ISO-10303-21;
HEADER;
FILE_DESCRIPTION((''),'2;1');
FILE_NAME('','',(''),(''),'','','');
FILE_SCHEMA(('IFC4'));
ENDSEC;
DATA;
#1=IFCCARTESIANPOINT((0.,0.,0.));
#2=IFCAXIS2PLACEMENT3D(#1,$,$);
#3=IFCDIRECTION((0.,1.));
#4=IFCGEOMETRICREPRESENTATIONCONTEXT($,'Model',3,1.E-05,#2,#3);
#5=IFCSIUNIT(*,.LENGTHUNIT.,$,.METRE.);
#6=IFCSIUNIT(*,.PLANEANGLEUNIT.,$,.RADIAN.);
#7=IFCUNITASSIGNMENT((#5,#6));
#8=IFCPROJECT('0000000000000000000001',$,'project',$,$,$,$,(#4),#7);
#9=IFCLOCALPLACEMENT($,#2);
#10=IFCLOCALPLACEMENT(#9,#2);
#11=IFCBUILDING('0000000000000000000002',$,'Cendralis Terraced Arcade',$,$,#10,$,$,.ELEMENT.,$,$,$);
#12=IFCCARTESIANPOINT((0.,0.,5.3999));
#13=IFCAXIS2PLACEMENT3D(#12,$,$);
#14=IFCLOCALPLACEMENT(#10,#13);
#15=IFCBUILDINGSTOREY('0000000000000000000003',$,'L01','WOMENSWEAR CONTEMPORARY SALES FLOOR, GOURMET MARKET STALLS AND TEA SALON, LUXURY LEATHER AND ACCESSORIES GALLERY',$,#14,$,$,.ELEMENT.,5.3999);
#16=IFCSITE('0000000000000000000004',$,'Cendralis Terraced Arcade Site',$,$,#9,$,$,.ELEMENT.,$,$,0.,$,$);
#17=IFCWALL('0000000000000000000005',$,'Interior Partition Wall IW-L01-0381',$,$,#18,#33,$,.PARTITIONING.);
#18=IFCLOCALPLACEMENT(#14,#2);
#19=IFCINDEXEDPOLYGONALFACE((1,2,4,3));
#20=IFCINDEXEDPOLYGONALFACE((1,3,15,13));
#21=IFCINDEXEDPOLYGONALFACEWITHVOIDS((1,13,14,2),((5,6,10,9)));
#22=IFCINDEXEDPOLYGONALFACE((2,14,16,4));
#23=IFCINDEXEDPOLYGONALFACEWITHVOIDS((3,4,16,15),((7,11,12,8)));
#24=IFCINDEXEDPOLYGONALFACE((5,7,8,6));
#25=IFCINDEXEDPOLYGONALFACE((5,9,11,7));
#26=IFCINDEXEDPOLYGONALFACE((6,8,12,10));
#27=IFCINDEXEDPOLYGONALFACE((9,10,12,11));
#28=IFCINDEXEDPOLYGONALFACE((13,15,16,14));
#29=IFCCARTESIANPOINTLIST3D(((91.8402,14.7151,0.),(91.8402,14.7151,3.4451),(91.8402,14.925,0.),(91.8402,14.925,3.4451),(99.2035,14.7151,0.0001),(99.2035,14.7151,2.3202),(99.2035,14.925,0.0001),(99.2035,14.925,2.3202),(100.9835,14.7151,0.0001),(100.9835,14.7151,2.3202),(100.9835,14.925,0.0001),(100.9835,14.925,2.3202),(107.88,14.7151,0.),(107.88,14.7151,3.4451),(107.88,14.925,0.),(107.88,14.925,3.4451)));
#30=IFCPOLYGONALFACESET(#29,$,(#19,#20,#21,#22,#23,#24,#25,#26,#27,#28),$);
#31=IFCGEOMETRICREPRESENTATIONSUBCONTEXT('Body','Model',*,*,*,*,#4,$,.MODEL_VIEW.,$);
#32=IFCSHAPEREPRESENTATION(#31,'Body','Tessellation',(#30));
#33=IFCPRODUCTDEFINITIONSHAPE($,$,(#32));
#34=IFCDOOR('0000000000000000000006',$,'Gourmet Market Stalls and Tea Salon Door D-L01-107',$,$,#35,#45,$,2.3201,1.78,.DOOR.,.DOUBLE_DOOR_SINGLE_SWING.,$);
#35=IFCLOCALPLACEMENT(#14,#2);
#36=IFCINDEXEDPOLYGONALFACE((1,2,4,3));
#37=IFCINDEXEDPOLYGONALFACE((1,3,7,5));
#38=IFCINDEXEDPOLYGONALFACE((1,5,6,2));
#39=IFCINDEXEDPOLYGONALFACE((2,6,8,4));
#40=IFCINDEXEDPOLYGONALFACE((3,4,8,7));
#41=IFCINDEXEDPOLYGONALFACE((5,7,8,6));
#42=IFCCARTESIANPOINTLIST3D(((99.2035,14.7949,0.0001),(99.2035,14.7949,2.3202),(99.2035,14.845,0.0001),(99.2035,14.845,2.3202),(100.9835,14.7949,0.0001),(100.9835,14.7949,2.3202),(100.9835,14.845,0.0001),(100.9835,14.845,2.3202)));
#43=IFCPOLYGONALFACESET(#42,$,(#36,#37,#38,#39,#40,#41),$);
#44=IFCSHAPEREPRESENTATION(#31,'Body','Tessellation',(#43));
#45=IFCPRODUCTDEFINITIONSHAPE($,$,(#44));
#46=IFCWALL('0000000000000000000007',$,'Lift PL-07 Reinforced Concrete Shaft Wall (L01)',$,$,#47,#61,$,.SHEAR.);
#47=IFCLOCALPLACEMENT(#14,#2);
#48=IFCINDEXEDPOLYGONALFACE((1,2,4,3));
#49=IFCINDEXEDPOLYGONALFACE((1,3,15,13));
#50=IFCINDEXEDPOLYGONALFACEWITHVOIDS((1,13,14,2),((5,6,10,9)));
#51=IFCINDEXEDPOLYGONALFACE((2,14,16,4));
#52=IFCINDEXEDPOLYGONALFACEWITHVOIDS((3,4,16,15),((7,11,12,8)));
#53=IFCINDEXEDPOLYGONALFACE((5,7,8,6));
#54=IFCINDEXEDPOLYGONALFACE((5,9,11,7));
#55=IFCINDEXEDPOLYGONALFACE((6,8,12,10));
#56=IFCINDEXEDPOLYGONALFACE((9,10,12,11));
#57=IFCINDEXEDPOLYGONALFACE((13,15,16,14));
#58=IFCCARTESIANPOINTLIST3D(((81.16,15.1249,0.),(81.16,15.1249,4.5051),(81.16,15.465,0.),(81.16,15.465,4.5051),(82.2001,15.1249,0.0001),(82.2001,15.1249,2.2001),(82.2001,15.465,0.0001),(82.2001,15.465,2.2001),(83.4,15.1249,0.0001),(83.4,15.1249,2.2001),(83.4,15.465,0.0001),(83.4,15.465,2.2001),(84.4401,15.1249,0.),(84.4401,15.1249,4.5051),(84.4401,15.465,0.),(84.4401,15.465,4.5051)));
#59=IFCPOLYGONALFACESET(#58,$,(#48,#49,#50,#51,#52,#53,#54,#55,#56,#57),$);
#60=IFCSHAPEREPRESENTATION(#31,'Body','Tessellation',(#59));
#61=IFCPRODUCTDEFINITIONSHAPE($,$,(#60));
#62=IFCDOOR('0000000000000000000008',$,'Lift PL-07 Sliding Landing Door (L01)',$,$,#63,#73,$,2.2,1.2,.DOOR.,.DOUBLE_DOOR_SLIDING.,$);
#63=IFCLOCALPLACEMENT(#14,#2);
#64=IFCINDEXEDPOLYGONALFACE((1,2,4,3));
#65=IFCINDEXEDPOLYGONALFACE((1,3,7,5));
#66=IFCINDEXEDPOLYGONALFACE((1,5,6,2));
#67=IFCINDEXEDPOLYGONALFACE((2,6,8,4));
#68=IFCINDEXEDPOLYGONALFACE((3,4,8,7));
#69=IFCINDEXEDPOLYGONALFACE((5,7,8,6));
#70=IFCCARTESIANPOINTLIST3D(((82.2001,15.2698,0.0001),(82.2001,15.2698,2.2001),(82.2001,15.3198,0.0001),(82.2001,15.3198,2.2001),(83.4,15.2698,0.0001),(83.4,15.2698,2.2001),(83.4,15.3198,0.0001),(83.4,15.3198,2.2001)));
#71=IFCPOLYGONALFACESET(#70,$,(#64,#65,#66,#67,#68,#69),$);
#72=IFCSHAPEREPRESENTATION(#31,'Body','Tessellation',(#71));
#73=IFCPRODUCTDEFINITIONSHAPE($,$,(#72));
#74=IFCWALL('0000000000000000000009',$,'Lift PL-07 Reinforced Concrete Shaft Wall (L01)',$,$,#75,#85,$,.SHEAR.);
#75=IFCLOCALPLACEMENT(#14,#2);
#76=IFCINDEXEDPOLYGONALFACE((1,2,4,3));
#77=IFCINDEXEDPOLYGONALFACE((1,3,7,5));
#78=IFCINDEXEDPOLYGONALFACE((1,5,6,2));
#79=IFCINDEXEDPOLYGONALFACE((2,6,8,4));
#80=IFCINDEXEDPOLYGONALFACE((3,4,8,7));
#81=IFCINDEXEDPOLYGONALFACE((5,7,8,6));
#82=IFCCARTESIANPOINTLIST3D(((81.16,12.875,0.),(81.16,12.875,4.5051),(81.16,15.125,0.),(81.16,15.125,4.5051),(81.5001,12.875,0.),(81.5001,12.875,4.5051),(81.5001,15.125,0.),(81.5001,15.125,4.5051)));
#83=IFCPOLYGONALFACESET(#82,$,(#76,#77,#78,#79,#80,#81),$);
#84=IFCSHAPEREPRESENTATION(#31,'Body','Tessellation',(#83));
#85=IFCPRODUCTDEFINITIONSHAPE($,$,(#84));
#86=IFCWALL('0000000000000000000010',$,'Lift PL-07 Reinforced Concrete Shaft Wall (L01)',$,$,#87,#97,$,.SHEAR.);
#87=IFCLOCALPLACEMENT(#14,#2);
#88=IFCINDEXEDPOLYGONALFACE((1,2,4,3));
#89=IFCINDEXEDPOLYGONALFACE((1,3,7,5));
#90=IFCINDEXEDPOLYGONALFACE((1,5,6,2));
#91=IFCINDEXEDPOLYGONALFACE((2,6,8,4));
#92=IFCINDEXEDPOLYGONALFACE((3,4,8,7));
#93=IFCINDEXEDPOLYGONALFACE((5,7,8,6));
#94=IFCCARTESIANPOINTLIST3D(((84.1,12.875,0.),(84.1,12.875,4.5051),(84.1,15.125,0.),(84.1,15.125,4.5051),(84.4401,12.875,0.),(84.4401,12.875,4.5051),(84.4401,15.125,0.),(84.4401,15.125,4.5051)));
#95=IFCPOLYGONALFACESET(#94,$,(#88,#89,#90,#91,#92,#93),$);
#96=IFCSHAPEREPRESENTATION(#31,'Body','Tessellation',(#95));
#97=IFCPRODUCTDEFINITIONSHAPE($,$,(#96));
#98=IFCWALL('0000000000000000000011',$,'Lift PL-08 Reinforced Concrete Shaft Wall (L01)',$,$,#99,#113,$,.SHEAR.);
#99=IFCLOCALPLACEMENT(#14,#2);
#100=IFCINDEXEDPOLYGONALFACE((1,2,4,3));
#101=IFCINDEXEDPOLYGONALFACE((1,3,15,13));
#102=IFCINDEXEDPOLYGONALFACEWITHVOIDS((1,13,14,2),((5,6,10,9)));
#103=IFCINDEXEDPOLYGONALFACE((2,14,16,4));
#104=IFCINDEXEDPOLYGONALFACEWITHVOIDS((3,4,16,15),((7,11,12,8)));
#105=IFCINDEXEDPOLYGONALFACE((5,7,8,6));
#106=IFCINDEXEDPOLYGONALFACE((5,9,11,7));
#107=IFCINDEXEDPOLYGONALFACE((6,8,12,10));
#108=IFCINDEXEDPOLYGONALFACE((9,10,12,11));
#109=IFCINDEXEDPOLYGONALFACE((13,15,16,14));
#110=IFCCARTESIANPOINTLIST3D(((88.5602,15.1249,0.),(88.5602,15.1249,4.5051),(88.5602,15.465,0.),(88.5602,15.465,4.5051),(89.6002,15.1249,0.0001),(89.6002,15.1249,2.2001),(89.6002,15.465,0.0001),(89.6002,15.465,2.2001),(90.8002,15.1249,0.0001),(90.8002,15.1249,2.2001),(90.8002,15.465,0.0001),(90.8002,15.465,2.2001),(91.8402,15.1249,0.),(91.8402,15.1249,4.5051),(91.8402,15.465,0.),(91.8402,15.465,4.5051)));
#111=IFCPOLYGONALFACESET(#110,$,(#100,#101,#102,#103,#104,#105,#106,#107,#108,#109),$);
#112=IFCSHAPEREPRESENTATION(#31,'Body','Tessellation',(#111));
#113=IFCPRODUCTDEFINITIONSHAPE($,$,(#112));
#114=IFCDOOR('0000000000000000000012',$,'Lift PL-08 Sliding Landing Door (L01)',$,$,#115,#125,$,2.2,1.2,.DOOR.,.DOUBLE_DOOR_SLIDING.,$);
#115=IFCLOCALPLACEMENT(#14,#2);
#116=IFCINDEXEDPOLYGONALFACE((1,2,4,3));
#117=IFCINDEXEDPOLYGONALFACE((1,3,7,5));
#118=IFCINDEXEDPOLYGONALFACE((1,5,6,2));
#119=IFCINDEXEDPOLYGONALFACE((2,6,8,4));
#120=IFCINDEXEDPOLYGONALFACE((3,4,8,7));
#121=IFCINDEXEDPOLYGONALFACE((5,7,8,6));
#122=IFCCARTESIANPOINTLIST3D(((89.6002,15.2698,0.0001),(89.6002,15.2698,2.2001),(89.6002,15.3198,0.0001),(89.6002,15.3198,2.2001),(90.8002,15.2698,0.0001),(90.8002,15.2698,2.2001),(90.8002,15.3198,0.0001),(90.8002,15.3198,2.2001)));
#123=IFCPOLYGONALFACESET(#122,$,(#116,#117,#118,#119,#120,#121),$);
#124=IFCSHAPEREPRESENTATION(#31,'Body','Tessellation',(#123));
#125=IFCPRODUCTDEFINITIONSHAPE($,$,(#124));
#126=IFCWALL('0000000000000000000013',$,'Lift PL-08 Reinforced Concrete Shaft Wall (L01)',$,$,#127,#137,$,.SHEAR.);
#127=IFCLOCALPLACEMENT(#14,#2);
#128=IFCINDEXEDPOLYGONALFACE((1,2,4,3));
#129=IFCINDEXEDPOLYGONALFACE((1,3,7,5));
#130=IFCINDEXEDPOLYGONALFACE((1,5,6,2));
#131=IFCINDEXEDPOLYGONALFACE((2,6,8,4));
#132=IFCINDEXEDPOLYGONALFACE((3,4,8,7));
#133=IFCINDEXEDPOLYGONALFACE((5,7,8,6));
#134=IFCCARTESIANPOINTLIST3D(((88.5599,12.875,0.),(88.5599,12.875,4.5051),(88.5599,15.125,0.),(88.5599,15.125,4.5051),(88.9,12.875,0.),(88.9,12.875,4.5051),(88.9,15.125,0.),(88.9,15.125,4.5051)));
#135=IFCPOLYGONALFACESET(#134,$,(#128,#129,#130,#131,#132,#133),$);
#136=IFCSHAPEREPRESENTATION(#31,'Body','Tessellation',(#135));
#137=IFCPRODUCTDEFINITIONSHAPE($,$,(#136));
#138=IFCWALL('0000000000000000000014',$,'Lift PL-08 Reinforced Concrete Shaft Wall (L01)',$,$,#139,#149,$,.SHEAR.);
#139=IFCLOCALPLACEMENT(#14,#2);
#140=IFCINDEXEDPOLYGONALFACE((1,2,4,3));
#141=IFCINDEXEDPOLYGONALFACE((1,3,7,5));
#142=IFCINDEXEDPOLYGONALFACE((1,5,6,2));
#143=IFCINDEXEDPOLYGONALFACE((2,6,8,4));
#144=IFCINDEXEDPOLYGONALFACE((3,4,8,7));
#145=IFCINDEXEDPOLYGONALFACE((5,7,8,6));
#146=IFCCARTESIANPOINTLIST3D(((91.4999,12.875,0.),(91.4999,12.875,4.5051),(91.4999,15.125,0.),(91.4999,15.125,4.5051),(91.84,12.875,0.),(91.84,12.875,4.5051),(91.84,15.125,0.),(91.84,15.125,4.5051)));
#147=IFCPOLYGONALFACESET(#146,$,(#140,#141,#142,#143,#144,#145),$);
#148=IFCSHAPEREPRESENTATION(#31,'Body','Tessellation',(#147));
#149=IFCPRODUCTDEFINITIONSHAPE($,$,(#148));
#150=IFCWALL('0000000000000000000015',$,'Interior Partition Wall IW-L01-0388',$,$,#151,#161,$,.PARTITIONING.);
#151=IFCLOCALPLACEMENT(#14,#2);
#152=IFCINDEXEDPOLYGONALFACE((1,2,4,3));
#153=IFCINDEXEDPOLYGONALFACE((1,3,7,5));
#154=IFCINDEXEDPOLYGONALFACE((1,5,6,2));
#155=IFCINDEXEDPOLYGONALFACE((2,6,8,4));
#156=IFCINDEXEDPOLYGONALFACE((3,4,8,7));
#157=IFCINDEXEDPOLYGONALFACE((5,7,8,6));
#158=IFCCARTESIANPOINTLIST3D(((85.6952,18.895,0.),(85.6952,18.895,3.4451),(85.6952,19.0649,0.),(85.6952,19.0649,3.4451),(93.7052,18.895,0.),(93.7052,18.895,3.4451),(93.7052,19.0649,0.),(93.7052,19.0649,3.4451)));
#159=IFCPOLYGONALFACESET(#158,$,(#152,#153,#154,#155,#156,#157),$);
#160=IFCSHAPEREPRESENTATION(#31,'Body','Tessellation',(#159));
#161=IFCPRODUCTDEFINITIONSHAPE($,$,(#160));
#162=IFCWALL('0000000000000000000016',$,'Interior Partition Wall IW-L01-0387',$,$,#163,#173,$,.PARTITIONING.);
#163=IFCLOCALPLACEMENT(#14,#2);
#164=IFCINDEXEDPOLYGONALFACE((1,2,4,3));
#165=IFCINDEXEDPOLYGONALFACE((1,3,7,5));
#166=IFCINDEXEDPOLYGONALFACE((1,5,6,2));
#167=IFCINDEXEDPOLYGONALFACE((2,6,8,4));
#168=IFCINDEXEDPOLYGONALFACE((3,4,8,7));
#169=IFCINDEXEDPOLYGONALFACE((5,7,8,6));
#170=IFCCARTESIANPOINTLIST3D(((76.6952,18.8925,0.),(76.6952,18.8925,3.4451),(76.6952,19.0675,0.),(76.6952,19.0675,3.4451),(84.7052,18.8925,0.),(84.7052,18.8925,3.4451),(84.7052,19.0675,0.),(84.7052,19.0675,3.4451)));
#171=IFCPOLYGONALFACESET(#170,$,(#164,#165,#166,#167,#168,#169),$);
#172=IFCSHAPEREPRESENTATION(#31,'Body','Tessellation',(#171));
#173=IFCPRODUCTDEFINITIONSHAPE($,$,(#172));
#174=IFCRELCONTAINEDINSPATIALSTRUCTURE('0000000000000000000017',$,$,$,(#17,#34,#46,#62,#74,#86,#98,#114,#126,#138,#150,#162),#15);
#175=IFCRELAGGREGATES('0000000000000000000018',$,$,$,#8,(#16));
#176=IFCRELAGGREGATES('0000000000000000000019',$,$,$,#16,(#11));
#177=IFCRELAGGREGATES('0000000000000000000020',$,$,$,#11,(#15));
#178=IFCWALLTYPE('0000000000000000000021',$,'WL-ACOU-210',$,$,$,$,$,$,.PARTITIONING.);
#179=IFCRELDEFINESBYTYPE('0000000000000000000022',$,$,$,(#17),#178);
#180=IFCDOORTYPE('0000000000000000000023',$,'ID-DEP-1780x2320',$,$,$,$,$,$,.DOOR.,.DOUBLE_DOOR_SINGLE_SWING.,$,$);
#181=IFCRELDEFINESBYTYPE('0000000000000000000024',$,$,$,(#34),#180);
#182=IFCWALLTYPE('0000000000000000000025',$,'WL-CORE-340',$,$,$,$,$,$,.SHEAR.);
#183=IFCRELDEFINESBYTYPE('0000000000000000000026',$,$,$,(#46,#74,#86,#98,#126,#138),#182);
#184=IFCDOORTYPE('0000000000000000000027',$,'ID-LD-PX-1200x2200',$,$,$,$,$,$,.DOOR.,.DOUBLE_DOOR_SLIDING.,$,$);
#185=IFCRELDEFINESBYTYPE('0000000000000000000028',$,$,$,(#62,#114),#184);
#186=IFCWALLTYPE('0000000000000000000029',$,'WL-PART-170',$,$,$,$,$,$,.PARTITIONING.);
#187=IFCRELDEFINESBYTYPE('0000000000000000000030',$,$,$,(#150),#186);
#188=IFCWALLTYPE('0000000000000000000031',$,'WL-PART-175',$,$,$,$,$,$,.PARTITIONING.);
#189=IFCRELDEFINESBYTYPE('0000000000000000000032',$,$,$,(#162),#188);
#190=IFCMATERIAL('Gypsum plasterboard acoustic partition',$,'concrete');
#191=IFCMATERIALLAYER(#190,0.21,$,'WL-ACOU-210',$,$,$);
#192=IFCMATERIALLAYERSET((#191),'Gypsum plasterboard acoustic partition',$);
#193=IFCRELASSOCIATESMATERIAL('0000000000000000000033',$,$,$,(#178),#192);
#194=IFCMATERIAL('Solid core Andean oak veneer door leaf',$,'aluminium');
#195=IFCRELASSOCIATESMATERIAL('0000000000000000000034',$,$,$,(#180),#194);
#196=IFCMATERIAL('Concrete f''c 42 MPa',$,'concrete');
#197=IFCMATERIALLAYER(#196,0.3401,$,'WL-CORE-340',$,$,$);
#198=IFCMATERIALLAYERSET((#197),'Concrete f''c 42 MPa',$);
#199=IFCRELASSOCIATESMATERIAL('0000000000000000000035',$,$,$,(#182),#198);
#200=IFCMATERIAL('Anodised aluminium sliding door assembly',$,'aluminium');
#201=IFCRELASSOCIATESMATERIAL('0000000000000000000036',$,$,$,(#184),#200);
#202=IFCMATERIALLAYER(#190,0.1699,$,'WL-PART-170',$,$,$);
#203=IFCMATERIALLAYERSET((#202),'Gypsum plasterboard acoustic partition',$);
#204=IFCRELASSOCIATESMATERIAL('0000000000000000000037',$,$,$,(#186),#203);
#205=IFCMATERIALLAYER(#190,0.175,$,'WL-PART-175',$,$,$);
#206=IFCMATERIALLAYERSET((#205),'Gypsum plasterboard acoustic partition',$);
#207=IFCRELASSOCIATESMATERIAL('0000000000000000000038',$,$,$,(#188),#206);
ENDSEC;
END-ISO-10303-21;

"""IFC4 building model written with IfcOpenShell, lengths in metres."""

from ifc_helpers import new_model, si_unit, direction, frame, frame_2d, origin, place, context, subcontext, project, spatial, rectangle, extrude, material, layer, layer_set, type_object, element, fill, save


model = new_model("IFC4")

# Units and contexts
model_context = context("Model", 3, precision=1e-05, world=origin(), true_north=direction((0.0, 1.0)))
body_context = subcontext(model_context, "Body", "Model", "MODEL_VIEW")
ifc_project = project(units=[si_unit("LENGTHUNIT", "METRE"), si_unit("PLANEANGLEUNIT", "RADIAN")], contexts=[model_context])

# Site, building, storey
site_placement = place(None, origin())
site = spatial("IfcSite", under=ifc_project, at=site_placement, Name="Cendralis Terraced Arcade Site", CompositionType="ELEMENT", RefElevation=0.0)
building_placement = place(site_placement, origin())
building = spatial("IfcBuilding", under=site, at=building_placement, Name="Cendralis Terraced Arcade", CompositionType="ELEMENT")
storey_placement = place(building_placement, frame((0.0, 0.0, 5.3999)))
storey = spatial("IfcBuildingStorey", under=building, at=storey_placement, Name="L01", Description="WOMENSWEAR CONTEMPORARY SALES FLOOR, GOURMET MARKET STALLS AND TEA SALON, LUXURY LEATHER AND ACCESSORIES GALLERY", CompositionType="ELEMENT", Elevation=5.3999)

# Shared definitions
ifc_material_1 = material(Name="Concrete f'c 42 MPa", Category="concrete")

# Shared definitions
ifc_material_2 = material(Name="Gypsum plasterboard acoustic partition", Category="concrete")

# Walls, openings, doors
ifc_layer_1 = layer(ifc_material_2, 0.21, Name="WL-ACOU-210")
ifc_layer_set_1 = layer_set([ifc_layer_1], Name="Gypsum plasterboard acoustic partition")
wall_type_1 = type_object("IfcWallType", Name="WL-ACOU-210", PredefinedType="PARTITIONING", material=ifc_layer_set_1)
wall_1_placement = place(storey_placement, frame((91.8401, 14.8201, 0.0), z_axis=(0.0, 0.0, 1.0), x_axis=(1.0, 0.0, 0.0)))
wall_1 = element("IfcWall", 1, at=wall_1_placement, inside=storey, type_object=wall_type_1, Name="Interior Partition Wall IW-L01-0381", PredefinedType="PARTITIONING", context=body_context, shape_type="SweptSolid", body=[
    extrude(rectangle(XDim=16.0398, YDim=0.21, at=frame_2d((8.02, 0.0))), origin(), (0.0, 0.0, 1.0), 3.4451),
])
opening_1_placement = place(wall_1_placement, frame((7.3633, 0.0, 0.0)))
opening_1 = element("IfcOpeningElement", 2, at=opening_1_placement, cuts=wall_1, PredefinedType="OPENING", context=body_context, shape_type="SweptSolid", body=[
    extrude(rectangle(XDim=1.78, YDim=2.3201, at=frame_2d((0.8901, 1.1602))), frame((0.0, 0.1169, 0.0), z_axis=(0.0, -1.0, 0.0), x_axis=(1.0, 0.0, 0.0)), (0.0, 0.0, 1.0), 0.2339),
])
ifc_material_3 = material(Name="Solid core Andean oak veneer door leaf", Category="aluminium")
door_type_1 = type_object("IfcDoorType", Name="ID-DEP-1780x2320", OperationType="DOUBLE_DOOR_SINGLE_SWING", PredefinedType="DOOR", material=ifc_material_3)
door_1_placement = place(opening_1_placement, origin())
door_1 = element("IfcDoor", 3, at=door_1_placement, inside=storey, type_object=door_type_1, Name="Gourmet Market Stalls and Tea Salon Door D-L01-107", OperationType="DOUBLE_DOOR_SINGLE_SWING", OverallHeight=2.3201, OverallWidth=1.78, PredefinedType="DOOR", context=body_context, shape_type="SweptSolid", body=[
    extrude(rectangle(XDim=1.78, YDim=2.3201, at=frame_2d((0.8901, 1.1602))), frame((0.0, 0.0249, 0.0), z_axis=(0.0, -1.0, 0.0), x_axis=(1.0, 0.0, 0.0)), (0.0, 0.0, 1.0), 0.05),
])
fill(opening_1, door_1)
ifc_layer_2 = layer(ifc_material_1, 0.3401, Name="WL-CORE-340")
ifc_layer_set_2 = layer_set([ifc_layer_2], Name="Concrete f'c 42 MPa")
wall_type_2 = type_object("IfcWallType", Name="WL-CORE-340", PredefinedType="SHEAR", material=ifc_layer_set_2)
wall_2_placement = place(storey_placement, frame((81.1599, 15.2949, 0.0), z_axis=(0.0, 0.0, 1.0), x_axis=(1.0, 0.0, 0.0)))
wall_2 = element("IfcWall", 4, at=wall_2_placement, inside=storey, type_object=wall_type_2, Name="Lift PL-07 Reinforced Concrete Shaft Wall (L01)", PredefinedType="SHEAR", context=body_context, shape_type="SweptSolid", body=[
    extrude(rectangle(XDim=3.28, YDim=0.3401, at=frame_2d((1.6401, 0.0))), origin(), (0.0, 0.0, 1.0), 4.5051),
])
opening_2_placement = place(wall_2_placement, frame((1.04, 0.0, 0.0)))
opening_2 = element("IfcOpeningElement", 5, at=opening_2_placement, cuts=wall_2, PredefinedType="OPENING", context=body_context, shape_type="SweptSolid", body=[
    extrude(rectangle(XDim=1.2, YDim=2.2, at=frame_2d((0.6001, 1.1001))), frame((0.0, 0.1821, 0.0), z_axis=(0.0, -1.0, 0.0), x_axis=(1.0, 0.0, 0.0)), (0.0, 0.0, 1.0), 0.364),
])
ifc_material_4 = material(Name="Anodised aluminium sliding door assembly", Category="aluminium")
door_type_2 = type_object("IfcDoorType", Name="ID-LD-PX-1200x2200", OperationType="DOUBLE_DOOR_SLIDING", PredefinedType="DOOR", material=ifc_material_4)
door_2_placement = place(opening_2_placement, origin())
door_2 = element("IfcDoor", 6, at=door_2_placement, inside=storey, type_object=door_type_2, Name="Lift PL-07 Sliding Landing Door (L01)", OperationType="DOUBLE_DOOR_SLIDING", OverallHeight=2.2, OverallWidth=1.2, PredefinedType="DOOR", context=body_context, shape_type="SweptSolid", body=[
    extrude(rectangle(XDim=1.2, YDim=2.2, at=frame_2d((0.6001, 1.1001))), frame((0.0, 0.0249, 0.0), z_axis=(0.0, -1.0, 0.0), x_axis=(1.0, 0.0, 0.0)), (0.0, 0.0, 1.0), 0.05),
])
fill(opening_2, door_2)

# Walls
for number, where, z_axis, x_axis, name in (
    (7, (81.3301, 12.875, 0.0), (0.0, 0.0, 1.0), (0.0, 1.0, 0.0), "Lift PL-07 Reinforced Concrete Shaft Wall (L01)"),
    (8, (84.27, 12.875, 0.0), (0.0, 0.0, 1.0), (0.0, 1.0, 0.0), "Lift PL-07 Reinforced Concrete Shaft Wall (L01)"),
):
    element("IfcWall", number, at=place(storey_placement, frame(where, z_axis=z_axis, x_axis=x_axis)), inside=storey, type_object=wall_type_2, Name=name, PredefinedType="SHEAR", context=body_context, shape_type="SweptSolid", body=[
        extrude(rectangle(XDim=2.25, YDim=0.3401, at=frame_2d((1.125, 0.0))), origin(), (0.0, 0.0, 1.0), 4.5051),
    ])

# Wall, opening, door
wall_3_placement = place(storey_placement, frame((88.5601, 15.2949, 0.0), z_axis=(0.0, 0.0, 1.0), x_axis=(1.0, 0.0, 0.0)))
wall_3 = element("IfcWall", 9, at=wall_3_placement, inside=storey, type_object=wall_type_2, Name="Lift PL-08 Reinforced Concrete Shaft Wall (L01)", PredefinedType="SHEAR", context=body_context, shape_type="SweptSolid", body=[
    extrude(rectangle(XDim=3.28, YDim=0.3401, at=frame_2d((1.6401, 0.0))), origin(), (0.0, 0.0, 1.0), 4.5051),
])
opening_3_placement = place(wall_3_placement, frame((1.04, 0.0, 0.0)))
opening_3 = element("IfcOpeningElement", 10, at=opening_3_placement, cuts=wall_3, PredefinedType="OPENING", context=body_context, shape_type="SweptSolid", body=[
    extrude(rectangle(XDim=1.2, YDim=2.2, at=frame_2d((0.6001, 1.1001))), frame((0.0, 0.1821, 0.0), z_axis=(0.0, -1.0, 0.0), x_axis=(1.0, 0.0, 0.0)), (0.0, 0.0, 1.0), 0.364),
])
door_3_placement = place(opening_3_placement, origin())
door_3 = element("IfcDoor", 11, at=door_3_placement, inside=storey, type_object=door_type_2, Name="Lift PL-08 Sliding Landing Door (L01)", OperationType="DOUBLE_DOOR_SLIDING", OverallHeight=2.2, OverallWidth=1.2, PredefinedType="DOOR", context=body_context, shape_type="SweptSolid", body=[
    extrude(rectangle(XDim=1.2, YDim=2.2, at=frame_2d((0.6001, 1.1001))), frame((0.0, 0.0249, 0.0), z_axis=(0.0, -1.0, 0.0), x_axis=(1.0, 0.0, 0.0)), (0.0, 0.0, 1.0), 0.05),
])
fill(opening_3, door_3)

# Walls
for number, where, z_axis, x_axis, name in (
    (12, (88.73, 12.875, 0.0), (0.0, 0.0, 1.0), (0.0, 1.0, 0.0), "Lift PL-08 Reinforced Concrete Shaft Wall (L01)"),
    (13, (91.6699, 12.875, 0.0), (0.0, 0.0, 1.0), (0.0, 1.0, 0.0), "Lift PL-08 Reinforced Concrete Shaft Wall (L01)"),
):
    element("IfcWall", number, at=place(storey_placement, frame(where, z_axis=z_axis, x_axis=x_axis)), inside=storey, type_object=wall_type_2, Name=name, PredefinedType="SHEAR", context=body_context, shape_type="SweptSolid", body=[
        extrude(rectangle(XDim=2.25, YDim=0.3401, at=frame_2d((1.125, 0.0))), origin(), (0.0, 0.0, 1.0), 4.5051),
    ])
ifc_layer_3 = layer(ifc_material_2, 0.1699, Name="WL-PART-170")
ifc_layer_set_3 = layer_set([ifc_layer_3], Name="Gypsum plasterboard acoustic partition")
wall_type_3 = type_object("IfcWallType", Name="WL-PART-170", PredefinedType="PARTITIONING", material=ifc_layer_set_3)
wall_4_placement = place(storey_placement, frame((93.7051, 18.98, 0.0), z_axis=(0.0, 0.0, 1.0), x_axis=(-1.0, 0.0, 0.0)))
element("IfcWall", 14, at=wall_4_placement, inside=storey, type_object=wall_type_3, Name="Interior Partition Wall IW-L01-0388", PredefinedType="PARTITIONING", context=body_context, shape_type="SweptSolid", body=[
    extrude(rectangle(XDim=8.01, YDim=0.1699, at=frame_2d((4.0049, 0.0))), origin(), (0.0, 0.0, 1.0), 3.4451),
])
ifc_layer_4 = layer(ifc_material_2, 0.175, Name="WL-PART-175")
ifc_layer_set_4 = layer_set([ifc_layer_4], Name="Gypsum plasterboard acoustic partition")
wall_type_4 = type_object("IfcWallType", Name="WL-PART-175", PredefinedType="PARTITIONING", material=ifc_layer_set_4)
wall_5_placement = place(storey_placement, frame((84.7051, 18.98, 0.0), z_axis=(0.0, 0.0, 1.0), x_axis=(-1.0, 0.0, 0.0)))
element("IfcWall", 15, at=wall_5_placement, inside=storey, type_object=wall_type_4, Name="Interior Partition Wall IW-L01-0387", PredefinedType="PARTITIONING", context=body_context, shape_type="SweptSolid", body=[
    extrude(rectangle(XDim=8.01, YDim=0.175, at=frame_2d((4.0049, 0.0))), origin(), (0.0, 0.0, 1.0), 3.4451),
])

save(model, "model.ifc")
